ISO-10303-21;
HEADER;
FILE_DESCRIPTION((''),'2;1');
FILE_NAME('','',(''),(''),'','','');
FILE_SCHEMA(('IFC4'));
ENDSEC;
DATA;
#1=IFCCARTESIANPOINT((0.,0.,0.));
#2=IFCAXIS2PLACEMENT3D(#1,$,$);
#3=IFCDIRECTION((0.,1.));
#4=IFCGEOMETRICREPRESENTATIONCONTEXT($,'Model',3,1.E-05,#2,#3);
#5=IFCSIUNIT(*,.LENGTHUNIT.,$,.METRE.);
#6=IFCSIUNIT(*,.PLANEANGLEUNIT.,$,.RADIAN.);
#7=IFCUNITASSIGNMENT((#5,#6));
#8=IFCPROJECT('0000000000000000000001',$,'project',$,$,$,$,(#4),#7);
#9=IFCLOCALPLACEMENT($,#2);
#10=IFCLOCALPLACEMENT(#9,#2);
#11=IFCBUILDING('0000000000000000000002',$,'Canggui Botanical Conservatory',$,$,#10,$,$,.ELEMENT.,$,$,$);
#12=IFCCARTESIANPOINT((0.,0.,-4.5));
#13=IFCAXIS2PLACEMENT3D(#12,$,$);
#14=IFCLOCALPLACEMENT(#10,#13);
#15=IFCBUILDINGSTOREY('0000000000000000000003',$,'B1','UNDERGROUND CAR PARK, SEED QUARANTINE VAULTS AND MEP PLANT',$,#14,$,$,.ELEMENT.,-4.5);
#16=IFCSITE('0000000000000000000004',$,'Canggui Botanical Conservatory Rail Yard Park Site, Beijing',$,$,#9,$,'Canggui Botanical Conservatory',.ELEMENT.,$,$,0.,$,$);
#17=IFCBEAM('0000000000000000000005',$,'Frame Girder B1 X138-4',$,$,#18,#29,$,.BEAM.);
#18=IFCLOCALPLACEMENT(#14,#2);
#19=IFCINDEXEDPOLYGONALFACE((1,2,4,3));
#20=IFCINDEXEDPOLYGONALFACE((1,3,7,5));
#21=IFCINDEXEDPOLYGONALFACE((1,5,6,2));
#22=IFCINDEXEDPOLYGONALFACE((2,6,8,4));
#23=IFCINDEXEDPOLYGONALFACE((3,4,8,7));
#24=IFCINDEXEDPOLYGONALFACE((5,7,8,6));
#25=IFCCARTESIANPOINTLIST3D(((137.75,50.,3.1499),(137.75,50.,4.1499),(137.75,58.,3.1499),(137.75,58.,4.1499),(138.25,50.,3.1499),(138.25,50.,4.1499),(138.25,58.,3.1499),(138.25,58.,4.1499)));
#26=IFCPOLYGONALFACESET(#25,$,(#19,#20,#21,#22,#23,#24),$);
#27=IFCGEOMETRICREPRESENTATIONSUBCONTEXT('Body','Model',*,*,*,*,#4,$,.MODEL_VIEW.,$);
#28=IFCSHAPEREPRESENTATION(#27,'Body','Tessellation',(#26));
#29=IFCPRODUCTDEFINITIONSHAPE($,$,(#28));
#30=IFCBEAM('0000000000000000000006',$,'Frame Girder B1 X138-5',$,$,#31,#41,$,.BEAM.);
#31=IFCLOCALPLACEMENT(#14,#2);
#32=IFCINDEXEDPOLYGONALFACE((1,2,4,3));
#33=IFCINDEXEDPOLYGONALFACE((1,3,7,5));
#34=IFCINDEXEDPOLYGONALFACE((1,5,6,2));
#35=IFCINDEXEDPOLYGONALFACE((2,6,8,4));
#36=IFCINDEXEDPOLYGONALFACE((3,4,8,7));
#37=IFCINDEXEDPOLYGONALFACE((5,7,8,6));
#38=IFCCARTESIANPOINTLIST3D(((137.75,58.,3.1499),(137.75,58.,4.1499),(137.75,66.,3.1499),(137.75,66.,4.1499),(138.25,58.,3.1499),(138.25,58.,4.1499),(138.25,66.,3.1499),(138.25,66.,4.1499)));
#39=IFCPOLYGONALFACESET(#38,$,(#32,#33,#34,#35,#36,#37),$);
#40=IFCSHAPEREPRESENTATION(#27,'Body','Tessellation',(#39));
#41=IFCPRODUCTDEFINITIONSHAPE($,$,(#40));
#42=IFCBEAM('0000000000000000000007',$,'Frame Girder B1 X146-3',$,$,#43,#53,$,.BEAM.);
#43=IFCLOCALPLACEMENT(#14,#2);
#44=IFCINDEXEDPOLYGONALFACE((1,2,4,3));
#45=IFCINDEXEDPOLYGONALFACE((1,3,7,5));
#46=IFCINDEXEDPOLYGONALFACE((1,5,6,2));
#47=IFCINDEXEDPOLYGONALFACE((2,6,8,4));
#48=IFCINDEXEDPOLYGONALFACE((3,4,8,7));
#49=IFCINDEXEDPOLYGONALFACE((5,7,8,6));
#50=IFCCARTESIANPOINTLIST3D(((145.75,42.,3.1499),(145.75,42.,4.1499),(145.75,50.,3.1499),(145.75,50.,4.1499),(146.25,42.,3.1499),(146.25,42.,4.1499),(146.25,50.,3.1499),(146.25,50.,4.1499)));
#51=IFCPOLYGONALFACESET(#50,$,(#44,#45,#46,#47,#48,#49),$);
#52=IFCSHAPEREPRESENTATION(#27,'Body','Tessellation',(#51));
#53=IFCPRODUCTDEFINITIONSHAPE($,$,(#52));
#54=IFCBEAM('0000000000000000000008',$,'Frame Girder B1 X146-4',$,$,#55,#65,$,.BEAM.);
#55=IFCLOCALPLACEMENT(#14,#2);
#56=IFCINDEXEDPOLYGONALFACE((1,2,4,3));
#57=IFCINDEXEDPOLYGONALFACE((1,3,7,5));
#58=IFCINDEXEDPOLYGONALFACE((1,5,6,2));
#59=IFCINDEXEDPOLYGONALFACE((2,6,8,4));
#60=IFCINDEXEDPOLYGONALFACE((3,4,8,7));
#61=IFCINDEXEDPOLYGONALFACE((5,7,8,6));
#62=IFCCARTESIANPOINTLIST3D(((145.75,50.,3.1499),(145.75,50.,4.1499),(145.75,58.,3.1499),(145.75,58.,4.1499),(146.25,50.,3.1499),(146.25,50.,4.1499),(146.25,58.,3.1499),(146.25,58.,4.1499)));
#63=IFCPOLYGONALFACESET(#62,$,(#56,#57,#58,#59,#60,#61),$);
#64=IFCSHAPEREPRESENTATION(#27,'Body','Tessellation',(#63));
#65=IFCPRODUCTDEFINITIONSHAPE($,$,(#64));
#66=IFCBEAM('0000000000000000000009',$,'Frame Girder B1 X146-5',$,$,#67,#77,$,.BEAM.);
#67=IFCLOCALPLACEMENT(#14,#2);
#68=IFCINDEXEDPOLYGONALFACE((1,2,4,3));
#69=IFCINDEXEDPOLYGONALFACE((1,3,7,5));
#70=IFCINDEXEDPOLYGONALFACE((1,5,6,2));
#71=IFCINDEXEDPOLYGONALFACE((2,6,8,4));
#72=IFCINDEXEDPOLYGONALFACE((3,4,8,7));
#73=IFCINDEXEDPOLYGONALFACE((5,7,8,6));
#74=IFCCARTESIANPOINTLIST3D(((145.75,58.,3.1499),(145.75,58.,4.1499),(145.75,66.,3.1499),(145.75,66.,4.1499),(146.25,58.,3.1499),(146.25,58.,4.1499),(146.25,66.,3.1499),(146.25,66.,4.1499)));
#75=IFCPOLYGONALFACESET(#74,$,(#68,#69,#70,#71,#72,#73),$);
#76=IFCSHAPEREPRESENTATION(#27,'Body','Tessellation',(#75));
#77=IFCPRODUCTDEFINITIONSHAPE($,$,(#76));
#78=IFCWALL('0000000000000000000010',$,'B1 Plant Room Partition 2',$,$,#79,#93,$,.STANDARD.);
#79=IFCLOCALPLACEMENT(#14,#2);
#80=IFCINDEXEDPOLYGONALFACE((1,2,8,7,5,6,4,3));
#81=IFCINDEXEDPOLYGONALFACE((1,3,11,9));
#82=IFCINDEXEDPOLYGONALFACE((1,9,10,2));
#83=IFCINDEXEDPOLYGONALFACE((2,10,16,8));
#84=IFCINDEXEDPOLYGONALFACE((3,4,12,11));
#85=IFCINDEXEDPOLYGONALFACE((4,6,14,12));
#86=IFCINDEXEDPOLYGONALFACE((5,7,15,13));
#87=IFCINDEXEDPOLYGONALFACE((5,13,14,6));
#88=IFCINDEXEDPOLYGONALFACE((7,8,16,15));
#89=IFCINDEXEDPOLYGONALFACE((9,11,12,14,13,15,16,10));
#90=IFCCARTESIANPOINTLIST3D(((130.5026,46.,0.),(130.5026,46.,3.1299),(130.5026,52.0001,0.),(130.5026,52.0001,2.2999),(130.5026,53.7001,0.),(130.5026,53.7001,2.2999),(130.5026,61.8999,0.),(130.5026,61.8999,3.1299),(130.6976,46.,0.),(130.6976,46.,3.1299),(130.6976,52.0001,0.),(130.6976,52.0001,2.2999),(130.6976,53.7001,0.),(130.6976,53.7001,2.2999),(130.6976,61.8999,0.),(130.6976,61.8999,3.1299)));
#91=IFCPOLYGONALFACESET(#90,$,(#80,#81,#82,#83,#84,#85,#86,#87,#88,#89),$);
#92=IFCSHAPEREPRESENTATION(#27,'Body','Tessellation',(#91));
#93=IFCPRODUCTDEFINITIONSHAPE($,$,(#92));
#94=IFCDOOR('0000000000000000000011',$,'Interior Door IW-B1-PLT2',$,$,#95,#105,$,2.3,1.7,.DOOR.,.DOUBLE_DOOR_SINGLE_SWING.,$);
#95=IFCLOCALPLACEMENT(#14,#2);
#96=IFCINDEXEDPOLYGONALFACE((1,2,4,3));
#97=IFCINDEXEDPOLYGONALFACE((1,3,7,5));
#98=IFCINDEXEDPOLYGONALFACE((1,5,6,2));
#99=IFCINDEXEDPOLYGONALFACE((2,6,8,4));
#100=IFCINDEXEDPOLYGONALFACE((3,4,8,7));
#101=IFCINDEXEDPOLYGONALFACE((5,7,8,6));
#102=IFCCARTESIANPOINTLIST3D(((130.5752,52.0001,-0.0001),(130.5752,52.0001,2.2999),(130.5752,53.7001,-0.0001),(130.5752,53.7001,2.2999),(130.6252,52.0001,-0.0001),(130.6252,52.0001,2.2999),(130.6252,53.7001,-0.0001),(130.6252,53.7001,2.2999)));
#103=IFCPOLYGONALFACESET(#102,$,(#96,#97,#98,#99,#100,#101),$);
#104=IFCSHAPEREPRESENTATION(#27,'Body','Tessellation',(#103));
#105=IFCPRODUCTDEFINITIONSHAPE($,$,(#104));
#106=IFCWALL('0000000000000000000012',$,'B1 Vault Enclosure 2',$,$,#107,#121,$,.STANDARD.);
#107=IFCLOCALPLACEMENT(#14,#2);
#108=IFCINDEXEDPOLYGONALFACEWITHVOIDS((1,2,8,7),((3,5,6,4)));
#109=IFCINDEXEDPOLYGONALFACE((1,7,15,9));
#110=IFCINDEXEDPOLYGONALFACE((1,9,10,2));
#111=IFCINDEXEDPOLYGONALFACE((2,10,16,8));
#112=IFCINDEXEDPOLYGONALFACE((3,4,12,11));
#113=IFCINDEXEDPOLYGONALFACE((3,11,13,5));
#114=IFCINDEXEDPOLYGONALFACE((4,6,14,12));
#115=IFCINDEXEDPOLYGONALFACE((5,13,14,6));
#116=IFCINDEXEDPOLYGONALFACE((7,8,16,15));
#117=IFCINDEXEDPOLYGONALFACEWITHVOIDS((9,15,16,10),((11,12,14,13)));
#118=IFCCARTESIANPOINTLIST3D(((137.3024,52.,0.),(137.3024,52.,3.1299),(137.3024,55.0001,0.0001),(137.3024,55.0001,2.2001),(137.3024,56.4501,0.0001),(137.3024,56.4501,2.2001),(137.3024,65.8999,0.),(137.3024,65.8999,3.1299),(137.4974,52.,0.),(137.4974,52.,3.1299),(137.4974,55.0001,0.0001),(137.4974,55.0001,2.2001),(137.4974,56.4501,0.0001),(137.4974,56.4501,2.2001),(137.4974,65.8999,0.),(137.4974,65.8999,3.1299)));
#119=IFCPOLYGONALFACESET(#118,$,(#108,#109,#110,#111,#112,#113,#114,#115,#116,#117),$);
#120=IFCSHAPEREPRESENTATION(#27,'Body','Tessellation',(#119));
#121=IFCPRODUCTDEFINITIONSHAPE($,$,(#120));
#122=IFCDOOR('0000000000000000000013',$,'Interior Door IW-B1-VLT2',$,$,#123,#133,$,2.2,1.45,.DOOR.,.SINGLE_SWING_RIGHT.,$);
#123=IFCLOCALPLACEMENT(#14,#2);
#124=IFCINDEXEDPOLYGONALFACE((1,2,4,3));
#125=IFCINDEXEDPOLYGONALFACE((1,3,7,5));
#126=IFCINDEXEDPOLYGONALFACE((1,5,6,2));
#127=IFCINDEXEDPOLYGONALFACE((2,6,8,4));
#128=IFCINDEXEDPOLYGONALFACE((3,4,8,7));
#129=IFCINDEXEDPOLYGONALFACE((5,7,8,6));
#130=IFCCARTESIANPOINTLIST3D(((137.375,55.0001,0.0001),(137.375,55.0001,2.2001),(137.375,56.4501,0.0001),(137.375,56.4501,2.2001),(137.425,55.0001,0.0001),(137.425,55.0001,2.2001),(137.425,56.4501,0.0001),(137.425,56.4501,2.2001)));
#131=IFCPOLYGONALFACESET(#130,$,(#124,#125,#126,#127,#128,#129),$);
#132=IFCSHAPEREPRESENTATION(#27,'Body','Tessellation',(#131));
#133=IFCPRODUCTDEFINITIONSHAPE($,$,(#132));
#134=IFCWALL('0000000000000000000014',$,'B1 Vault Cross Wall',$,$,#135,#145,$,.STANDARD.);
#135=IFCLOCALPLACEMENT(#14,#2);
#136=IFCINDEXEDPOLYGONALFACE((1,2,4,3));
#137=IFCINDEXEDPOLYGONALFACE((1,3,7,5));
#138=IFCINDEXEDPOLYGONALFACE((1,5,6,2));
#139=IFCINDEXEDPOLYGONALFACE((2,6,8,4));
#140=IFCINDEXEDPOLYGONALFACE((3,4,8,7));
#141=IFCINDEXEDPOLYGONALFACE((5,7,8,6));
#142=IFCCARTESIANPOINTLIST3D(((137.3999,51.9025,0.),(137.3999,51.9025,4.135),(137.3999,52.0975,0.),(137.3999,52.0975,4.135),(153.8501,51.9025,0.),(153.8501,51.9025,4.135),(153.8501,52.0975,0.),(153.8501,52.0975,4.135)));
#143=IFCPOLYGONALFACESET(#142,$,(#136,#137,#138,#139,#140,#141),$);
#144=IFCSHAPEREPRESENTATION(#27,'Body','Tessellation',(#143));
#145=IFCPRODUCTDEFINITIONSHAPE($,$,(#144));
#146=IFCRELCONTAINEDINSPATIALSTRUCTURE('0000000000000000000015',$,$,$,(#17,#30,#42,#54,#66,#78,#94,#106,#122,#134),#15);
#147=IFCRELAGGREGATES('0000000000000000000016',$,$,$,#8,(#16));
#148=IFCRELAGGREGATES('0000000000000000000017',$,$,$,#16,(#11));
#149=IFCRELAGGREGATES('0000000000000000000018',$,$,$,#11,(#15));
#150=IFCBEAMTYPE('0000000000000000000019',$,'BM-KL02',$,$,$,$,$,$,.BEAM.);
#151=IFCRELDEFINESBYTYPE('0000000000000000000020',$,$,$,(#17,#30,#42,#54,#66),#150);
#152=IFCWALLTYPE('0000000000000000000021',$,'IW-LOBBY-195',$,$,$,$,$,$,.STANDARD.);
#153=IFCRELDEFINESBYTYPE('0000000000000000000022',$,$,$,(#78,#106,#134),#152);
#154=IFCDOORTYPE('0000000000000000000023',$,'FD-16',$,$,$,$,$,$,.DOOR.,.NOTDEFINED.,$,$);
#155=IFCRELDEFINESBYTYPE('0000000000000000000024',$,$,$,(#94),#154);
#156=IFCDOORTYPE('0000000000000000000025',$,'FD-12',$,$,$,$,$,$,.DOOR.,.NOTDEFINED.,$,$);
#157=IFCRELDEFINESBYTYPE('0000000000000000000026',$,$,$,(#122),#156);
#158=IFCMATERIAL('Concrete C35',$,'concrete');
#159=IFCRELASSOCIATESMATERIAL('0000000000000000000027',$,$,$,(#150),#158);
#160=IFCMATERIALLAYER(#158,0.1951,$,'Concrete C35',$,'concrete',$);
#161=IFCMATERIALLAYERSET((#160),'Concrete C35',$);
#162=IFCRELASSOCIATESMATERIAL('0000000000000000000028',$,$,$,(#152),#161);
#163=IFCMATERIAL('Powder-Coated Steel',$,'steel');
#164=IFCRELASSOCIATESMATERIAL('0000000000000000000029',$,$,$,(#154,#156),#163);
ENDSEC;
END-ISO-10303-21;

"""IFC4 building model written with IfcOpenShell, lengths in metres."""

from ifc_helpers import new_model, si_unit, direction, frame, frame_2d, origin, origin_2d, place, context, subcontext, project, spatial, rectangle, extrude, material, layer, layer_set, material_profile, profile_set, type_object, element, fill, save


model = new_model("IFC4")

# Units and contexts
model_context = context("Model", 3, precision=1e-05, world=origin(), true_north=direction((0.0, 1.0)))
body_context = subcontext(model_context, "Body", "Model", "MODEL_VIEW")
ifc_project = project(units=[si_unit("LENGTHUNIT", "METRE"), si_unit("PLANEANGLEUNIT", "RADIAN")], contexts=[model_context])

# Site, building, storey
site_placement = place(None, origin())
site = spatial("IfcSite", under=ifc_project, at=site_placement, Name="Canggui Botanical Conservatory Rail Yard Park Site, Beijing", LongName="Canggui Botanical Conservatory", CompositionType="ELEMENT", RefElevation=0.0)
building_placement = place(site_placement, origin())
building = spatial("IfcBuilding", under=site, at=building_placement, Name="Canggui Botanical Conservatory", CompositionType="ELEMENT")
storey_placement = place(building_placement, frame((0.0, 0.0, -4.5)))
storey = spatial("IfcBuildingStorey", under=building, at=storey_placement, Name="B1", Description="UNDERGROUND CAR PARK, SEED QUARANTINE VAULTS AND MEP PLANT", CompositionType="ELEMENT", Elevation=-4.5)

# Beams
ifc_material_1 = material(Name="Concrete C35", Category="concrete")
ifc_material_profile_1 = material_profile(ifc_material_1, rectangle(XDim=0.5, YDim=1.0, at=origin_2d()), Name="RB 500x1000")
ifc_profile_set_1 = profile_set([ifc_material_profile_1], Name="Concrete C35")
beam_type_1 = type_object("IfcBeamType", Name="BM-KL02", PredefinedType="BEAM", material=ifc_profile_set_1)
for number, where, z_axis, x_axis, name in (
    (1, (138.0, 50.0, 3.6499), (0.0, 1.0, 0.0), (-1.0, 0.0, 0.0), "Frame Girder B1 X138-4"),
    (2, (138.0, 58.0, 3.6499), (0.0, 1.0, 0.0), (-1.0, 0.0, 0.0), "Frame Girder B1 X138-5"),
    (3, (146.0, 42.0, 3.6499), (0.0, 1.0, 0.0), (-1.0, 0.0, 0.0), "Frame Girder B1 X146-3"),
    (4, (146.0, 50.0, 3.6499), (0.0, 1.0, 0.0), (-1.0, 0.0, 0.0), "Frame Girder B1 X146-4"),
    (5, (146.0, 58.0, 3.6499), (0.0, 1.0, 0.0), (-1.0, 0.0, 0.0), "Frame Girder B1 X146-5"),
):
    element("IfcBeam", number, at=place(storey_placement, frame(where, z_axis=z_axis, x_axis=x_axis)), inside=storey, type_object=beam_type_1, Name=name, PredefinedType="BEAM", context=body_context, shape_type="SweptSolid", body=[
        extrude(rectangle(XDim=0.5, YDim=1.0, at=origin_2d()), origin(), (0.0, 0.0, 1.0), 8.0),
    ])

# Walls, openings, doors
ifc_layer = layer(ifc_material_1, 0.1951, Name="Concrete C35", Category="concrete")
ifc_layer_set = layer_set([ifc_layer], Name="Concrete C35")
wall_type = type_object("IfcWallType", Name="IW-LOBBY-195", PredefinedType="STANDARD", material=ifc_layer_set)
wall_1_placement = place(storey_placement, frame((130.6001, 46.0, 0.0), z_axis=(0.0, 0.0, 1.0), x_axis=(0.0, 1.0, 0.0)))
wall_1 = element("IfcWall", 6, at=wall_1_placement, inside=storey, type_object=wall_type, Name="B1 Plant Room Partition 2", PredefinedType="STANDARD", context=body_context, shape_type="SweptSolid", body=[
    extrude(rectangle(XDim=15.8999, YDim=0.1951, at=frame_2d((7.95, 0.0))), origin(), (0.0, 0.0, 1.0), 3.1299),
])
opening_1_placement = place(wall_1_placement, frame((6.0, 0.0, 0.0)))
opening_1 = element("IfcOpeningElement", 7, at=opening_1_placement, cuts=wall_1, PredefinedType="OPENING", context=body_context, shape_type="SweptSolid", body=[
    extrude(rectangle(XDim=1.7, YDim=2.3, at=frame_2d((0.8501, 1.1499))), frame((0.0, 0.1074, 0.0), z_axis=(0.0, -1.0, 0.0), x_axis=(1.0, 0.0, 0.0)), (0.0, 0.0, 1.0), 0.2151),
])
ifc_material_2 = material(Name="Powder-Coated Steel", Category="steel")
door_type_1 = type_object("IfcDoorType", Name="FD-16", OperationType="NOTDEFINED", PredefinedType="DOOR", material=ifc_material_2)
door_1_placement = place(opening_1_placement, origin())
door_1 = element("IfcDoor", 8, at=door_1_placement, inside=storey, type_object=door_type_1, Name="Interior Door IW-B1-PLT2", OperationType="DOUBLE_DOOR_SINGLE_SWING", OverallHeight=2.3, OverallWidth=1.7, PredefinedType="DOOR", context=body_context, shape_type="SweptSolid", body=[
    extrude(rectangle(XDim=1.7, YDim=2.3, at=frame_2d((0.8501, 1.1499))), frame((0.0, 0.0249, 0.0), z_axis=(0.0, -1.0, 0.0), x_axis=(1.0, 0.0, 0.0)), (0.0, 0.0, 1.0), 0.05),
])
fill(opening_1, door_1)
wall_2_placement = place(storey_placement, frame((137.3999, 52.0, 0.0), z_axis=(0.0, 0.0, 1.0), x_axis=(0.0, 1.0, 0.0)))
wall_2 = element("IfcWall", 9, at=wall_2_placement, inside=storey, type_object=wall_type, Name="B1 Vault Enclosure 2", PredefinedType="STANDARD", context=body_context, shape_type="SweptSolid", body=[
    extrude(rectangle(XDim=13.8999, YDim=0.1951, at=frame_2d((6.95, 0.0))), origin(), (0.0, 0.0, 1.0), 3.1299),
])
opening_2_placement = place(wall_2_placement, frame((3.0, 0.0, 0.0)))
opening_2 = element("IfcOpeningElement", 10, at=opening_2_placement, cuts=wall_2, PredefinedType="OPENING", context=body_context, shape_type="SweptSolid", body=[
    extrude(rectangle(XDim=1.45, YDim=2.2, at=frame_2d((0.7251, 1.1001))), frame((0.0, 0.1074, 0.0), z_axis=(0.0, -1.0, 0.0), x_axis=(1.0, 0.0, 0.0)), (0.0, 0.0, 1.0), 0.2151),
])
door_type_2 = type_object("IfcDoorType", Name="FD-12", OperationType="NOTDEFINED", PredefinedType="DOOR", material=ifc_material_2)
door_2_placement = place(opening_2_placement, origin())
door_2 = element("IfcDoor", 11, at=door_2_placement, inside=storey, type_object=door_type_2, Name="Interior Door IW-B1-VLT2", OperationType="SINGLE_SWING_RIGHT", OverallHeight=2.2, OverallWidth=1.45, PredefinedType="DOOR", context=body_context, shape_type="SweptSolid", body=[
    extrude(rectangle(XDim=1.45, YDim=2.2, at=frame_2d((0.7251, 1.1001))), frame((0.0, 0.0249, 0.0), z_axis=(0.0, -1.0, 0.0), x_axis=(1.0, 0.0, 0.0)), (0.0, 0.0, 1.0), 0.05),
])
fill(opening_2, door_2)

# Wall
wall_3_placement = place(storey_placement, frame((137.3999, 52.0, 0.0), z_axis=(0.0, 0.0, 1.0), x_axis=(1.0, 0.0, 0.0)))
element("IfcWall", 12, at=wall_3_placement, inside=storey, type_object=wall_type, Name="B1 Vault Cross Wall", PredefinedType="STANDARD", context=body_context, shape_type="SweptSolid", body=[
    extrude(rectangle(XDim=16.4502, YDim=0.1951, at=frame_2d((8.2251, 0.0))), origin(), (0.0, 0.0, 1.0), 4.135),
])

save(model, "model.ifc")
